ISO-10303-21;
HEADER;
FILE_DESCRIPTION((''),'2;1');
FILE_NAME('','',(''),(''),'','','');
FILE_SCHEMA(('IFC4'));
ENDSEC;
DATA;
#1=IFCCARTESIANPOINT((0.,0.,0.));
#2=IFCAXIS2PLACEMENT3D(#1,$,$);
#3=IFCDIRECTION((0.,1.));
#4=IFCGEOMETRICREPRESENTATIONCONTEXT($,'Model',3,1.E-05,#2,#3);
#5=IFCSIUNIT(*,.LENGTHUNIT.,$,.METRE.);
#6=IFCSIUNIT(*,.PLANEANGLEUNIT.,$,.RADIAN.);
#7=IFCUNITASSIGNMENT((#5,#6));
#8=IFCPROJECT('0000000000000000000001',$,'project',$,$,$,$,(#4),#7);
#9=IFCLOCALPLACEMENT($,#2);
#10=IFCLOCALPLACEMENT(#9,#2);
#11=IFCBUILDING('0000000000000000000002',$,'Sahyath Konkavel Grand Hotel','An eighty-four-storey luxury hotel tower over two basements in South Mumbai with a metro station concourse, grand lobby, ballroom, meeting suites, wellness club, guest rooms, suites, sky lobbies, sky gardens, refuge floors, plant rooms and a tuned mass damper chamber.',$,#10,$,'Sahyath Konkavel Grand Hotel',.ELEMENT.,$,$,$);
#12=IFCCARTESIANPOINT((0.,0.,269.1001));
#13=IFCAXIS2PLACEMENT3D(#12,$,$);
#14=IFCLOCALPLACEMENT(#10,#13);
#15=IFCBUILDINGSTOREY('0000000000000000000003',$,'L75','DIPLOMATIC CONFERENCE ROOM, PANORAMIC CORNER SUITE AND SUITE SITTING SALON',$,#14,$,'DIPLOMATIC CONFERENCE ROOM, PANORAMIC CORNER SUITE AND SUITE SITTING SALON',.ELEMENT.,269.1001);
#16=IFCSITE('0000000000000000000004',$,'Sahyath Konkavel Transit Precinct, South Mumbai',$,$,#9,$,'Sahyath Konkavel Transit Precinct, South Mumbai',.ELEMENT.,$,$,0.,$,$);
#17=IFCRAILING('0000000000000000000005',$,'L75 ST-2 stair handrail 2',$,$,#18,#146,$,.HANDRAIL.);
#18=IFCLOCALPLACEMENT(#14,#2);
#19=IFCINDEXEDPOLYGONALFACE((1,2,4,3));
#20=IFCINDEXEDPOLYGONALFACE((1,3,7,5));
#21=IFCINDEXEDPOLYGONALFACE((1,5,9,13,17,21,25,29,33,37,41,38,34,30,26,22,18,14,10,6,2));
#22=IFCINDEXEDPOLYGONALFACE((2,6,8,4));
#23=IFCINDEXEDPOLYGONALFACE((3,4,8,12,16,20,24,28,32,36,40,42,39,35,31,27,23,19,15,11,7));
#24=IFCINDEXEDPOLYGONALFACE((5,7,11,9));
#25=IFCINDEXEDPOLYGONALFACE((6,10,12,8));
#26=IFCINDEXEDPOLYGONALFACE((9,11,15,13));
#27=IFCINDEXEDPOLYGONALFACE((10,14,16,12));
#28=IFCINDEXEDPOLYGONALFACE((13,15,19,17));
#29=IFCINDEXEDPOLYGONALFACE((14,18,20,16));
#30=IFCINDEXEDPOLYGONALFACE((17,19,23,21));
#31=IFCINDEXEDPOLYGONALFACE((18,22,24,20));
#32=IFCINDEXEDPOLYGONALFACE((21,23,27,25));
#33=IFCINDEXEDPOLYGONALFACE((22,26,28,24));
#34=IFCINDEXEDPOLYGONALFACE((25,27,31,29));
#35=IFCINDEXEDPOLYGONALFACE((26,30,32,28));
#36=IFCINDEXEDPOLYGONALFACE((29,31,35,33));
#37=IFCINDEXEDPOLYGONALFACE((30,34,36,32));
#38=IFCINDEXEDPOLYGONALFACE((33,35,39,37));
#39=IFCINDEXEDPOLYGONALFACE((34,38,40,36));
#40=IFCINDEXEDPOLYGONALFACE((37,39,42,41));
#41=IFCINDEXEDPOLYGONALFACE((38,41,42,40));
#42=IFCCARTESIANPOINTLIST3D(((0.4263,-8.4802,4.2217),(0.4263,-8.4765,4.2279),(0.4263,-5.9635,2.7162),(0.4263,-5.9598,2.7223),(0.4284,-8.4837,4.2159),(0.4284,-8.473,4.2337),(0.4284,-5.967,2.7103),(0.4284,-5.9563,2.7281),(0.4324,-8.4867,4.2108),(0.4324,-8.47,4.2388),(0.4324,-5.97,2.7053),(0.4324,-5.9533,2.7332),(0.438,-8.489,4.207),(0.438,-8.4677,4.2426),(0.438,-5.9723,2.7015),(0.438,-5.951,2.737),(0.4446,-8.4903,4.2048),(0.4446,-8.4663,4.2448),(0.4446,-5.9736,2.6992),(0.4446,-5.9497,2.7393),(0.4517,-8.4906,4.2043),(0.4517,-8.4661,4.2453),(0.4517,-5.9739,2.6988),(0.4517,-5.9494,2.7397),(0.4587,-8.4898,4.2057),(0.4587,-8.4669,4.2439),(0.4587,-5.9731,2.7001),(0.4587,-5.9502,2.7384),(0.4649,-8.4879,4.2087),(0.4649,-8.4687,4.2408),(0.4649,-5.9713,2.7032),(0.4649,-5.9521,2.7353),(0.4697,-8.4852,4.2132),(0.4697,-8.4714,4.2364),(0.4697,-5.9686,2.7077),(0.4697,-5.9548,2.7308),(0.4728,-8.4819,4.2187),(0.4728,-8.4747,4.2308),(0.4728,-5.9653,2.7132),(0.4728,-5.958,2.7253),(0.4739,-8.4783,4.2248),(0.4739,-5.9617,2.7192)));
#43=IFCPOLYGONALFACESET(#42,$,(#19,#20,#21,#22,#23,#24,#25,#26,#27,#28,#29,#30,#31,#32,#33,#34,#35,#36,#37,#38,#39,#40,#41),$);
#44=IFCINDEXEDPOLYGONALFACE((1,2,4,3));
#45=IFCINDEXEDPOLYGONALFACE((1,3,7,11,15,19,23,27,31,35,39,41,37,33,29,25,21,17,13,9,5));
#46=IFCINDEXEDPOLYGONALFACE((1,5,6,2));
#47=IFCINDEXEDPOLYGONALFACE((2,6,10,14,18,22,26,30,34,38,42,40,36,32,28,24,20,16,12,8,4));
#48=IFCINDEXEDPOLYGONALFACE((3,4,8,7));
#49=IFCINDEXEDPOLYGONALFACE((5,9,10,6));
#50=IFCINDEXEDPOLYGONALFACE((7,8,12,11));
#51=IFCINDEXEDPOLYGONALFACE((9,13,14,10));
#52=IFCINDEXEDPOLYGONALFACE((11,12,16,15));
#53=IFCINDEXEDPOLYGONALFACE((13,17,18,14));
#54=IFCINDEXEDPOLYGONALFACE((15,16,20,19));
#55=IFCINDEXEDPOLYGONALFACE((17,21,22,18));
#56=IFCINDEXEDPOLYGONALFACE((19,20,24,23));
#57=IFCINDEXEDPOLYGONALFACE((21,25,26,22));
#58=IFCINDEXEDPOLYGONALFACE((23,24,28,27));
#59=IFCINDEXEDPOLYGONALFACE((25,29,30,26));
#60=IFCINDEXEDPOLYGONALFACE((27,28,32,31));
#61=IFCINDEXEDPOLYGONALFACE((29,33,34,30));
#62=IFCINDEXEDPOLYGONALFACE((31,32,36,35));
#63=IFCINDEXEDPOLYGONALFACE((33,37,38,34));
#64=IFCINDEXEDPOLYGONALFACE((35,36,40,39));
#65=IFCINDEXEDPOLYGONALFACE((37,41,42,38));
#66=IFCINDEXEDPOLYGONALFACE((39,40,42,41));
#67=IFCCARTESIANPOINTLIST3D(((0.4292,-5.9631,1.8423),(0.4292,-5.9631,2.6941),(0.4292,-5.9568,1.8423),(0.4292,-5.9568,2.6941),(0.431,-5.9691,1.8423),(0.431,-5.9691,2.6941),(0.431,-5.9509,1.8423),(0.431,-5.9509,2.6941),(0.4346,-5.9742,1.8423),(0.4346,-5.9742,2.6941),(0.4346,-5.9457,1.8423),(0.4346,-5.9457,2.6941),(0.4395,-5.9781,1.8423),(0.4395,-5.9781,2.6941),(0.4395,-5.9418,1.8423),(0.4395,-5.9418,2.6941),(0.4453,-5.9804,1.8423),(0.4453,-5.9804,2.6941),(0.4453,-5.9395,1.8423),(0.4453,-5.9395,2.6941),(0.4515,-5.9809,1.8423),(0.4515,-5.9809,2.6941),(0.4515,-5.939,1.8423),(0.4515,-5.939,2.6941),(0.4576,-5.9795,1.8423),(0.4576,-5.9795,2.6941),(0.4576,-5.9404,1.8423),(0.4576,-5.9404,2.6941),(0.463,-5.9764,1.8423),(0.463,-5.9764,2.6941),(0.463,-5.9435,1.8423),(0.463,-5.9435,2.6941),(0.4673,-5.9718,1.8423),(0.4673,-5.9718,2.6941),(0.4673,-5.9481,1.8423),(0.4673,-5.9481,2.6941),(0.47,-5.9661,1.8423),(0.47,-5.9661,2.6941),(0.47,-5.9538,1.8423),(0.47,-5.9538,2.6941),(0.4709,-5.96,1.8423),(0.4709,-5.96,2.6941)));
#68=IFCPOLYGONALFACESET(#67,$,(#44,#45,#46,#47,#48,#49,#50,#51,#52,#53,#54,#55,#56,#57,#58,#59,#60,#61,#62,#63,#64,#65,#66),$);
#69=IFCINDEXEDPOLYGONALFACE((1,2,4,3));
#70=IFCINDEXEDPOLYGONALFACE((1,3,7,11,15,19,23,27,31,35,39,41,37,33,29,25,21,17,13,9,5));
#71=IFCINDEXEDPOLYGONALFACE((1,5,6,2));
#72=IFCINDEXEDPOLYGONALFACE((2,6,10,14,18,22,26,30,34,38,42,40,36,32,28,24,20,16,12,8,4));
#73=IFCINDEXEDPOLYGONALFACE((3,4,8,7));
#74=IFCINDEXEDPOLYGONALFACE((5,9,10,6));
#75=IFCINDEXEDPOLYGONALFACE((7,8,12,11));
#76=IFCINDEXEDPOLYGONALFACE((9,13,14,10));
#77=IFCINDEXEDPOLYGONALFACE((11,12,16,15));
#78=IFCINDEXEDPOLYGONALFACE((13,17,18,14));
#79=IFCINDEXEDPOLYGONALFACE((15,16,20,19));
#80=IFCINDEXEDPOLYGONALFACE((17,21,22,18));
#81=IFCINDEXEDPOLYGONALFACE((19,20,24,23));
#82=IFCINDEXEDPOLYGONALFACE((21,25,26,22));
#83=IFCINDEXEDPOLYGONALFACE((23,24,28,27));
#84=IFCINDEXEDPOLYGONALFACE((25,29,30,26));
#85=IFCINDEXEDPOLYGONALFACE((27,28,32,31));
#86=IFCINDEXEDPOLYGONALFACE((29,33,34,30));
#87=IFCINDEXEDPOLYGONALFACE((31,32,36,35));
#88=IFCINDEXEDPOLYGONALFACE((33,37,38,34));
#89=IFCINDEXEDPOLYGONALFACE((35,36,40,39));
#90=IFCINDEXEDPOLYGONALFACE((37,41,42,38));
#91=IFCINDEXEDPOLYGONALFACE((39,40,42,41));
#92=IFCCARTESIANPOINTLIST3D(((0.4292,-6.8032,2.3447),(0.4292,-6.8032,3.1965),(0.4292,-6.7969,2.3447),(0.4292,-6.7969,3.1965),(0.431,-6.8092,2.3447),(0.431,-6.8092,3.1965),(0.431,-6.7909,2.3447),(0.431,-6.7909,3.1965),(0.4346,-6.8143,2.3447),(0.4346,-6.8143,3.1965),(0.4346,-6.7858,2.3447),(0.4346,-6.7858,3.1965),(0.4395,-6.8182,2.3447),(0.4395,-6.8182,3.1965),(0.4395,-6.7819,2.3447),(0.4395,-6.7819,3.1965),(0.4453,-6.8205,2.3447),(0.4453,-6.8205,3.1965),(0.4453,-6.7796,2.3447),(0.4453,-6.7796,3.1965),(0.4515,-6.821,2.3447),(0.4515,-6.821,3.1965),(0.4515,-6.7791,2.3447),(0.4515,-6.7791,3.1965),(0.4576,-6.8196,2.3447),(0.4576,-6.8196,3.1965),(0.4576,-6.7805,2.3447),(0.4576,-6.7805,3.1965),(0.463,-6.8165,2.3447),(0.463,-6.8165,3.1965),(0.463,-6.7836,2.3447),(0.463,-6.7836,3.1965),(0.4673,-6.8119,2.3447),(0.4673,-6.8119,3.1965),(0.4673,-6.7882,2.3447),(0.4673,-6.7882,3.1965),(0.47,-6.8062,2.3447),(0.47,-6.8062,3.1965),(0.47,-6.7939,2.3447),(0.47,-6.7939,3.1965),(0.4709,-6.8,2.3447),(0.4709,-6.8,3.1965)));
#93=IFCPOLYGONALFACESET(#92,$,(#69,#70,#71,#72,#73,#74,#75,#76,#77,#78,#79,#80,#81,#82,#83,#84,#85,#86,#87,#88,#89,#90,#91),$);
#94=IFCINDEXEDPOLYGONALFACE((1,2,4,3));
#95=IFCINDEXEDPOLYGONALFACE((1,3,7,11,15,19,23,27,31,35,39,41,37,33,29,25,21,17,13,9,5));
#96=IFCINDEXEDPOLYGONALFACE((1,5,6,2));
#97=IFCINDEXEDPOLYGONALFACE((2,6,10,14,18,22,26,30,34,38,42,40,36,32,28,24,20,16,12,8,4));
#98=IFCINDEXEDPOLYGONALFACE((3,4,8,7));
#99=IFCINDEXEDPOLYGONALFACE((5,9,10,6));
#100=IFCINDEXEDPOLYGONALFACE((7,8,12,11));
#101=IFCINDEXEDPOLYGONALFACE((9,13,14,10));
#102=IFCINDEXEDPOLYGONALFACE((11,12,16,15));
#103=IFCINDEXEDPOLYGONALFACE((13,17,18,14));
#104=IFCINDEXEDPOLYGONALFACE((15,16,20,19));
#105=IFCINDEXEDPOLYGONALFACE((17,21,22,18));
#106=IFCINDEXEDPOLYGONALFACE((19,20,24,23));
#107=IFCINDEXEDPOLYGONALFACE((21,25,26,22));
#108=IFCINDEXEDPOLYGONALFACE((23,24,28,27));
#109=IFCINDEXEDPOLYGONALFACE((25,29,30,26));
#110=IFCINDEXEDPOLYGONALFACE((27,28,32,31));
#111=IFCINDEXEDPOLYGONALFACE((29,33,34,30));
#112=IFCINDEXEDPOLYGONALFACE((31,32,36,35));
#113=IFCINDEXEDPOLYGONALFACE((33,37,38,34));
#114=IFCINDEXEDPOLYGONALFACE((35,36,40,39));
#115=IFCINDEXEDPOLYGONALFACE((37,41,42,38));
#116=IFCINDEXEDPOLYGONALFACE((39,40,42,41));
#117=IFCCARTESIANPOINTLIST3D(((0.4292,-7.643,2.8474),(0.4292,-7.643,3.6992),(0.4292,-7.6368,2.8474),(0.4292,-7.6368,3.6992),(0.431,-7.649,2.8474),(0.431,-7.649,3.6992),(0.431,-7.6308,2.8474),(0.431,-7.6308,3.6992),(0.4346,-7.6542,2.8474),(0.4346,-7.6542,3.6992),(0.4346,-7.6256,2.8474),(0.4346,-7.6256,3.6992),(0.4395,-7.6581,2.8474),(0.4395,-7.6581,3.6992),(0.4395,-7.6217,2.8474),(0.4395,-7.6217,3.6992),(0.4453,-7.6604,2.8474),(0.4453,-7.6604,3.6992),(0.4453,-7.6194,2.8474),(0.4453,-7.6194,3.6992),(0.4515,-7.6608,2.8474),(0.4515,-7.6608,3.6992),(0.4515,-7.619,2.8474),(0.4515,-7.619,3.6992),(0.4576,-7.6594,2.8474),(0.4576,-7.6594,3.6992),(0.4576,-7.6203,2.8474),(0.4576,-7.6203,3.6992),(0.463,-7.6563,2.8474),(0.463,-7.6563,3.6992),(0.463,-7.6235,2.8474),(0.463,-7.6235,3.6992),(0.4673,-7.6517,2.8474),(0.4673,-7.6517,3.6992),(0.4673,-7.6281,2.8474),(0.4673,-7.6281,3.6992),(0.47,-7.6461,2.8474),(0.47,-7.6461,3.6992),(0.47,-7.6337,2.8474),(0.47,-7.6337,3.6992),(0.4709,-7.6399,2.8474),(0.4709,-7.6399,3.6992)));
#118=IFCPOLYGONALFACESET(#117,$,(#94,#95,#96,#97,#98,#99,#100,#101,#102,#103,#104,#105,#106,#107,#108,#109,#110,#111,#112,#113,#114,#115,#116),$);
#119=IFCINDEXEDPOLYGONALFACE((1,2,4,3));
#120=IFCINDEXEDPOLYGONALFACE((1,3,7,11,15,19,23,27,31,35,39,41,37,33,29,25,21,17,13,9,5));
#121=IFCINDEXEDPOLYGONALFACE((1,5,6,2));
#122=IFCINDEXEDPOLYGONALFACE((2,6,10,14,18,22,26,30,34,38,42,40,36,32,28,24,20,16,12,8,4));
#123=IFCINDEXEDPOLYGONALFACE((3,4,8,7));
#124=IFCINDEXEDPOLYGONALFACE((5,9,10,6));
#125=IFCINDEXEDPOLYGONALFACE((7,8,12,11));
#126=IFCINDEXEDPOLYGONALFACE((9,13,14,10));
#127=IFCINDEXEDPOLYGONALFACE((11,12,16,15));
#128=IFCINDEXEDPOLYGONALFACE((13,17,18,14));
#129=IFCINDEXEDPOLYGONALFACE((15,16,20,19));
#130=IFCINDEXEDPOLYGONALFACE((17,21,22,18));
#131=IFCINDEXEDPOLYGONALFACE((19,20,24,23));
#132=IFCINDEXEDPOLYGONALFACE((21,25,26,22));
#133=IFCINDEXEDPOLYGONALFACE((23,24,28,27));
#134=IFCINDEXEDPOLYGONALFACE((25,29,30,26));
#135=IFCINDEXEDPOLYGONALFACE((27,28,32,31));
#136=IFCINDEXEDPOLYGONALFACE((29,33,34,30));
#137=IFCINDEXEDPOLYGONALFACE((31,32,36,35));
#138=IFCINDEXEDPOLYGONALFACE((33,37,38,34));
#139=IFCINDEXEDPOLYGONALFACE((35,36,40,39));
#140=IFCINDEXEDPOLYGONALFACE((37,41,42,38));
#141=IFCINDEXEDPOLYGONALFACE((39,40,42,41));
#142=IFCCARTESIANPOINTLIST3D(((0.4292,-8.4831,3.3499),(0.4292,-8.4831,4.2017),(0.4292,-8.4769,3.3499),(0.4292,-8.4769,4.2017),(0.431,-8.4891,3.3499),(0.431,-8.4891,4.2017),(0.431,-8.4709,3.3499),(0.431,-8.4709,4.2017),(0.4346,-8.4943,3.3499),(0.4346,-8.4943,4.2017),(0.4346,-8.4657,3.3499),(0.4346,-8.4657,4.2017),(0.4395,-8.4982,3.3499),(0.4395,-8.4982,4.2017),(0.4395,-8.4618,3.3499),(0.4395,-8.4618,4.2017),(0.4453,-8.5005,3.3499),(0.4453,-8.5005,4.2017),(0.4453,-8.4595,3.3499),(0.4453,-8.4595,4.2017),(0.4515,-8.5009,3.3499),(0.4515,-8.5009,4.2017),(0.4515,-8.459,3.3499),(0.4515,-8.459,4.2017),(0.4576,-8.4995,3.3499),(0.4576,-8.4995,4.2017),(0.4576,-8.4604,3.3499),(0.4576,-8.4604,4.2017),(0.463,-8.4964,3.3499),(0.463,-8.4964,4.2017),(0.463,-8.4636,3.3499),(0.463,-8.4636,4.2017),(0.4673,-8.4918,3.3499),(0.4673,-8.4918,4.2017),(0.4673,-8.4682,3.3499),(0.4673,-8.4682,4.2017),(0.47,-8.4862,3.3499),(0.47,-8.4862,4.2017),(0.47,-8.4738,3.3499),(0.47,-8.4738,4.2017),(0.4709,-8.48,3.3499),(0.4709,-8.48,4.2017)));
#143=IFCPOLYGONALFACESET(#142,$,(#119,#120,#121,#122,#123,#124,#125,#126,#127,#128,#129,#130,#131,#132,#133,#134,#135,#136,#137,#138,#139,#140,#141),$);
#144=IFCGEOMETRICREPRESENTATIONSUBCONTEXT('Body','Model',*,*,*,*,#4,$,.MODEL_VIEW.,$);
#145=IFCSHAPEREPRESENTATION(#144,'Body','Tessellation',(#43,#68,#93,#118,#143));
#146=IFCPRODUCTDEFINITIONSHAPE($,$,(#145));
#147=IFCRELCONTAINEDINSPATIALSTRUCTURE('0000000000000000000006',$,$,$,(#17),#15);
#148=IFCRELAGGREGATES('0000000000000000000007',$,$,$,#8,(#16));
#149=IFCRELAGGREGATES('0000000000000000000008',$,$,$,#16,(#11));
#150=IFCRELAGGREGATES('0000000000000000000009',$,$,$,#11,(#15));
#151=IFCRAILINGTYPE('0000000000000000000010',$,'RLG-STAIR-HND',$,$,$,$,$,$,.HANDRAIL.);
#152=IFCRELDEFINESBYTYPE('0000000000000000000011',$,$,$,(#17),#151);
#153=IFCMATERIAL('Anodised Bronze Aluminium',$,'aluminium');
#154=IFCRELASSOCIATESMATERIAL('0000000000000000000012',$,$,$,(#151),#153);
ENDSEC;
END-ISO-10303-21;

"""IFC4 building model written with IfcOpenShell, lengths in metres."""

from ifc_helpers import new_model, si_unit, direction, frame, origin, origin_2d, place, context, subcontext, project, spatial, circle, extrude, material, type_object, element, save


model = new_model("IFC4")

# Units and contexts
model_context = context("Model", 3, precision=1e-05, world=origin(), true_north=direction((0.0, 1.0)))
body_context = subcontext(model_context, "Body", "Model", "MODEL_VIEW")
ifc_project = project(units=[si_unit("LENGTHUNIT", "METRE"), si_unit("PLANEANGLEUNIT", "RADIAN")], contexts=[model_context])

# Site, building, storey
site_placement = place(None, origin())
site = spatial("IfcSite", under=ifc_project, at=site_placement, Name="Sahyath Konkavel Transit Precinct, South Mumbai", LongName="Sahyath Konkavel Transit Precinct, South Mumbai", CompositionType="ELEMENT", RefElevation=0.0)
building_placement = place(site_placement, origin())
building = spatial("IfcBuilding", under=site, at=building_placement, Name="Sahyath Konkavel Grand Hotel", Description="An eighty-four-storey luxury hotel tower over two basements in South Mumbai with a metro station concourse, grand lobby, ballroom, meeting suites, wellness club, guest rooms, suites, sky lobbies, sky gardens, refuge floors, plant rooms and a tuned mass damper chamber.", LongName="Sahyath Konkavel Grand Hotel", CompositionType="ELEMENT")
storey_placement = place(building_placement, frame((0.0, 0.0, 269.1001)))
storey = spatial("IfcBuildingStorey", under=building, at=storey_placement, Name="L75", Description="DIPLOMATIC CONFERENCE ROOM, PANORAMIC CORNER SUITE AND SUITE SITTING SALON", LongName="DIPLOMATIC CONFERENCE ROOM, PANORAMIC CORNER SUITE AND SUITE SITTING SALON", CompositionType="ELEMENT", Elevation=269.1001)

# Railing
ifc_material_1 = material(Name="Anodised Bronze Aluminium", Category="aluminium")
railing_type_1 = type_object("IfcRailingType", Name="RLG-STAIR-HND", PredefinedType="HANDRAIL", material=ifc_material_1)
railing_1_placement = place(storey_placement, frame((0.45, -5.96, 1.8423)))
element("IfcRailing", 1, at=railing_1_placement, inside=storey, type_object=railing_type_1, Name="L75 ST-2 stair handrail 2", PredefinedType="HANDRAIL", context=body_context, shape_type="SweptSolid", body=[
    extrude(circle(Radius=0.0239, at=origin_2d()), frame((0.0, -0.0017, 0.877), z_axis=(0.0, -0.85816, 0.513383), x_axis=(1.0, 0.0, 0.0)), (0.0, 0.0, 1.0), 2.9326),
    extrude(circle(Radius=0.021, at=origin_2d()), origin(), (0.0, 0.0, 1.0), 0.8518),
    extrude(circle(Radius=0.021, at=origin_2d()), frame((0.0, -0.8401, 0.5024)), (0.0, 0.0, 1.0), 0.8518),
    extrude(circle(Radius=0.021, at=origin_2d()), frame((0.0, -1.6799, 1.0051)), (0.0, 0.0, 1.0), 0.8518),
    extrude(circle(Radius=0.021, at=origin_2d()), frame((0.0, -2.52, 1.5076)), (0.0, 0.0, 1.0), 0.8518),
])

save(model, "model.ifc")
